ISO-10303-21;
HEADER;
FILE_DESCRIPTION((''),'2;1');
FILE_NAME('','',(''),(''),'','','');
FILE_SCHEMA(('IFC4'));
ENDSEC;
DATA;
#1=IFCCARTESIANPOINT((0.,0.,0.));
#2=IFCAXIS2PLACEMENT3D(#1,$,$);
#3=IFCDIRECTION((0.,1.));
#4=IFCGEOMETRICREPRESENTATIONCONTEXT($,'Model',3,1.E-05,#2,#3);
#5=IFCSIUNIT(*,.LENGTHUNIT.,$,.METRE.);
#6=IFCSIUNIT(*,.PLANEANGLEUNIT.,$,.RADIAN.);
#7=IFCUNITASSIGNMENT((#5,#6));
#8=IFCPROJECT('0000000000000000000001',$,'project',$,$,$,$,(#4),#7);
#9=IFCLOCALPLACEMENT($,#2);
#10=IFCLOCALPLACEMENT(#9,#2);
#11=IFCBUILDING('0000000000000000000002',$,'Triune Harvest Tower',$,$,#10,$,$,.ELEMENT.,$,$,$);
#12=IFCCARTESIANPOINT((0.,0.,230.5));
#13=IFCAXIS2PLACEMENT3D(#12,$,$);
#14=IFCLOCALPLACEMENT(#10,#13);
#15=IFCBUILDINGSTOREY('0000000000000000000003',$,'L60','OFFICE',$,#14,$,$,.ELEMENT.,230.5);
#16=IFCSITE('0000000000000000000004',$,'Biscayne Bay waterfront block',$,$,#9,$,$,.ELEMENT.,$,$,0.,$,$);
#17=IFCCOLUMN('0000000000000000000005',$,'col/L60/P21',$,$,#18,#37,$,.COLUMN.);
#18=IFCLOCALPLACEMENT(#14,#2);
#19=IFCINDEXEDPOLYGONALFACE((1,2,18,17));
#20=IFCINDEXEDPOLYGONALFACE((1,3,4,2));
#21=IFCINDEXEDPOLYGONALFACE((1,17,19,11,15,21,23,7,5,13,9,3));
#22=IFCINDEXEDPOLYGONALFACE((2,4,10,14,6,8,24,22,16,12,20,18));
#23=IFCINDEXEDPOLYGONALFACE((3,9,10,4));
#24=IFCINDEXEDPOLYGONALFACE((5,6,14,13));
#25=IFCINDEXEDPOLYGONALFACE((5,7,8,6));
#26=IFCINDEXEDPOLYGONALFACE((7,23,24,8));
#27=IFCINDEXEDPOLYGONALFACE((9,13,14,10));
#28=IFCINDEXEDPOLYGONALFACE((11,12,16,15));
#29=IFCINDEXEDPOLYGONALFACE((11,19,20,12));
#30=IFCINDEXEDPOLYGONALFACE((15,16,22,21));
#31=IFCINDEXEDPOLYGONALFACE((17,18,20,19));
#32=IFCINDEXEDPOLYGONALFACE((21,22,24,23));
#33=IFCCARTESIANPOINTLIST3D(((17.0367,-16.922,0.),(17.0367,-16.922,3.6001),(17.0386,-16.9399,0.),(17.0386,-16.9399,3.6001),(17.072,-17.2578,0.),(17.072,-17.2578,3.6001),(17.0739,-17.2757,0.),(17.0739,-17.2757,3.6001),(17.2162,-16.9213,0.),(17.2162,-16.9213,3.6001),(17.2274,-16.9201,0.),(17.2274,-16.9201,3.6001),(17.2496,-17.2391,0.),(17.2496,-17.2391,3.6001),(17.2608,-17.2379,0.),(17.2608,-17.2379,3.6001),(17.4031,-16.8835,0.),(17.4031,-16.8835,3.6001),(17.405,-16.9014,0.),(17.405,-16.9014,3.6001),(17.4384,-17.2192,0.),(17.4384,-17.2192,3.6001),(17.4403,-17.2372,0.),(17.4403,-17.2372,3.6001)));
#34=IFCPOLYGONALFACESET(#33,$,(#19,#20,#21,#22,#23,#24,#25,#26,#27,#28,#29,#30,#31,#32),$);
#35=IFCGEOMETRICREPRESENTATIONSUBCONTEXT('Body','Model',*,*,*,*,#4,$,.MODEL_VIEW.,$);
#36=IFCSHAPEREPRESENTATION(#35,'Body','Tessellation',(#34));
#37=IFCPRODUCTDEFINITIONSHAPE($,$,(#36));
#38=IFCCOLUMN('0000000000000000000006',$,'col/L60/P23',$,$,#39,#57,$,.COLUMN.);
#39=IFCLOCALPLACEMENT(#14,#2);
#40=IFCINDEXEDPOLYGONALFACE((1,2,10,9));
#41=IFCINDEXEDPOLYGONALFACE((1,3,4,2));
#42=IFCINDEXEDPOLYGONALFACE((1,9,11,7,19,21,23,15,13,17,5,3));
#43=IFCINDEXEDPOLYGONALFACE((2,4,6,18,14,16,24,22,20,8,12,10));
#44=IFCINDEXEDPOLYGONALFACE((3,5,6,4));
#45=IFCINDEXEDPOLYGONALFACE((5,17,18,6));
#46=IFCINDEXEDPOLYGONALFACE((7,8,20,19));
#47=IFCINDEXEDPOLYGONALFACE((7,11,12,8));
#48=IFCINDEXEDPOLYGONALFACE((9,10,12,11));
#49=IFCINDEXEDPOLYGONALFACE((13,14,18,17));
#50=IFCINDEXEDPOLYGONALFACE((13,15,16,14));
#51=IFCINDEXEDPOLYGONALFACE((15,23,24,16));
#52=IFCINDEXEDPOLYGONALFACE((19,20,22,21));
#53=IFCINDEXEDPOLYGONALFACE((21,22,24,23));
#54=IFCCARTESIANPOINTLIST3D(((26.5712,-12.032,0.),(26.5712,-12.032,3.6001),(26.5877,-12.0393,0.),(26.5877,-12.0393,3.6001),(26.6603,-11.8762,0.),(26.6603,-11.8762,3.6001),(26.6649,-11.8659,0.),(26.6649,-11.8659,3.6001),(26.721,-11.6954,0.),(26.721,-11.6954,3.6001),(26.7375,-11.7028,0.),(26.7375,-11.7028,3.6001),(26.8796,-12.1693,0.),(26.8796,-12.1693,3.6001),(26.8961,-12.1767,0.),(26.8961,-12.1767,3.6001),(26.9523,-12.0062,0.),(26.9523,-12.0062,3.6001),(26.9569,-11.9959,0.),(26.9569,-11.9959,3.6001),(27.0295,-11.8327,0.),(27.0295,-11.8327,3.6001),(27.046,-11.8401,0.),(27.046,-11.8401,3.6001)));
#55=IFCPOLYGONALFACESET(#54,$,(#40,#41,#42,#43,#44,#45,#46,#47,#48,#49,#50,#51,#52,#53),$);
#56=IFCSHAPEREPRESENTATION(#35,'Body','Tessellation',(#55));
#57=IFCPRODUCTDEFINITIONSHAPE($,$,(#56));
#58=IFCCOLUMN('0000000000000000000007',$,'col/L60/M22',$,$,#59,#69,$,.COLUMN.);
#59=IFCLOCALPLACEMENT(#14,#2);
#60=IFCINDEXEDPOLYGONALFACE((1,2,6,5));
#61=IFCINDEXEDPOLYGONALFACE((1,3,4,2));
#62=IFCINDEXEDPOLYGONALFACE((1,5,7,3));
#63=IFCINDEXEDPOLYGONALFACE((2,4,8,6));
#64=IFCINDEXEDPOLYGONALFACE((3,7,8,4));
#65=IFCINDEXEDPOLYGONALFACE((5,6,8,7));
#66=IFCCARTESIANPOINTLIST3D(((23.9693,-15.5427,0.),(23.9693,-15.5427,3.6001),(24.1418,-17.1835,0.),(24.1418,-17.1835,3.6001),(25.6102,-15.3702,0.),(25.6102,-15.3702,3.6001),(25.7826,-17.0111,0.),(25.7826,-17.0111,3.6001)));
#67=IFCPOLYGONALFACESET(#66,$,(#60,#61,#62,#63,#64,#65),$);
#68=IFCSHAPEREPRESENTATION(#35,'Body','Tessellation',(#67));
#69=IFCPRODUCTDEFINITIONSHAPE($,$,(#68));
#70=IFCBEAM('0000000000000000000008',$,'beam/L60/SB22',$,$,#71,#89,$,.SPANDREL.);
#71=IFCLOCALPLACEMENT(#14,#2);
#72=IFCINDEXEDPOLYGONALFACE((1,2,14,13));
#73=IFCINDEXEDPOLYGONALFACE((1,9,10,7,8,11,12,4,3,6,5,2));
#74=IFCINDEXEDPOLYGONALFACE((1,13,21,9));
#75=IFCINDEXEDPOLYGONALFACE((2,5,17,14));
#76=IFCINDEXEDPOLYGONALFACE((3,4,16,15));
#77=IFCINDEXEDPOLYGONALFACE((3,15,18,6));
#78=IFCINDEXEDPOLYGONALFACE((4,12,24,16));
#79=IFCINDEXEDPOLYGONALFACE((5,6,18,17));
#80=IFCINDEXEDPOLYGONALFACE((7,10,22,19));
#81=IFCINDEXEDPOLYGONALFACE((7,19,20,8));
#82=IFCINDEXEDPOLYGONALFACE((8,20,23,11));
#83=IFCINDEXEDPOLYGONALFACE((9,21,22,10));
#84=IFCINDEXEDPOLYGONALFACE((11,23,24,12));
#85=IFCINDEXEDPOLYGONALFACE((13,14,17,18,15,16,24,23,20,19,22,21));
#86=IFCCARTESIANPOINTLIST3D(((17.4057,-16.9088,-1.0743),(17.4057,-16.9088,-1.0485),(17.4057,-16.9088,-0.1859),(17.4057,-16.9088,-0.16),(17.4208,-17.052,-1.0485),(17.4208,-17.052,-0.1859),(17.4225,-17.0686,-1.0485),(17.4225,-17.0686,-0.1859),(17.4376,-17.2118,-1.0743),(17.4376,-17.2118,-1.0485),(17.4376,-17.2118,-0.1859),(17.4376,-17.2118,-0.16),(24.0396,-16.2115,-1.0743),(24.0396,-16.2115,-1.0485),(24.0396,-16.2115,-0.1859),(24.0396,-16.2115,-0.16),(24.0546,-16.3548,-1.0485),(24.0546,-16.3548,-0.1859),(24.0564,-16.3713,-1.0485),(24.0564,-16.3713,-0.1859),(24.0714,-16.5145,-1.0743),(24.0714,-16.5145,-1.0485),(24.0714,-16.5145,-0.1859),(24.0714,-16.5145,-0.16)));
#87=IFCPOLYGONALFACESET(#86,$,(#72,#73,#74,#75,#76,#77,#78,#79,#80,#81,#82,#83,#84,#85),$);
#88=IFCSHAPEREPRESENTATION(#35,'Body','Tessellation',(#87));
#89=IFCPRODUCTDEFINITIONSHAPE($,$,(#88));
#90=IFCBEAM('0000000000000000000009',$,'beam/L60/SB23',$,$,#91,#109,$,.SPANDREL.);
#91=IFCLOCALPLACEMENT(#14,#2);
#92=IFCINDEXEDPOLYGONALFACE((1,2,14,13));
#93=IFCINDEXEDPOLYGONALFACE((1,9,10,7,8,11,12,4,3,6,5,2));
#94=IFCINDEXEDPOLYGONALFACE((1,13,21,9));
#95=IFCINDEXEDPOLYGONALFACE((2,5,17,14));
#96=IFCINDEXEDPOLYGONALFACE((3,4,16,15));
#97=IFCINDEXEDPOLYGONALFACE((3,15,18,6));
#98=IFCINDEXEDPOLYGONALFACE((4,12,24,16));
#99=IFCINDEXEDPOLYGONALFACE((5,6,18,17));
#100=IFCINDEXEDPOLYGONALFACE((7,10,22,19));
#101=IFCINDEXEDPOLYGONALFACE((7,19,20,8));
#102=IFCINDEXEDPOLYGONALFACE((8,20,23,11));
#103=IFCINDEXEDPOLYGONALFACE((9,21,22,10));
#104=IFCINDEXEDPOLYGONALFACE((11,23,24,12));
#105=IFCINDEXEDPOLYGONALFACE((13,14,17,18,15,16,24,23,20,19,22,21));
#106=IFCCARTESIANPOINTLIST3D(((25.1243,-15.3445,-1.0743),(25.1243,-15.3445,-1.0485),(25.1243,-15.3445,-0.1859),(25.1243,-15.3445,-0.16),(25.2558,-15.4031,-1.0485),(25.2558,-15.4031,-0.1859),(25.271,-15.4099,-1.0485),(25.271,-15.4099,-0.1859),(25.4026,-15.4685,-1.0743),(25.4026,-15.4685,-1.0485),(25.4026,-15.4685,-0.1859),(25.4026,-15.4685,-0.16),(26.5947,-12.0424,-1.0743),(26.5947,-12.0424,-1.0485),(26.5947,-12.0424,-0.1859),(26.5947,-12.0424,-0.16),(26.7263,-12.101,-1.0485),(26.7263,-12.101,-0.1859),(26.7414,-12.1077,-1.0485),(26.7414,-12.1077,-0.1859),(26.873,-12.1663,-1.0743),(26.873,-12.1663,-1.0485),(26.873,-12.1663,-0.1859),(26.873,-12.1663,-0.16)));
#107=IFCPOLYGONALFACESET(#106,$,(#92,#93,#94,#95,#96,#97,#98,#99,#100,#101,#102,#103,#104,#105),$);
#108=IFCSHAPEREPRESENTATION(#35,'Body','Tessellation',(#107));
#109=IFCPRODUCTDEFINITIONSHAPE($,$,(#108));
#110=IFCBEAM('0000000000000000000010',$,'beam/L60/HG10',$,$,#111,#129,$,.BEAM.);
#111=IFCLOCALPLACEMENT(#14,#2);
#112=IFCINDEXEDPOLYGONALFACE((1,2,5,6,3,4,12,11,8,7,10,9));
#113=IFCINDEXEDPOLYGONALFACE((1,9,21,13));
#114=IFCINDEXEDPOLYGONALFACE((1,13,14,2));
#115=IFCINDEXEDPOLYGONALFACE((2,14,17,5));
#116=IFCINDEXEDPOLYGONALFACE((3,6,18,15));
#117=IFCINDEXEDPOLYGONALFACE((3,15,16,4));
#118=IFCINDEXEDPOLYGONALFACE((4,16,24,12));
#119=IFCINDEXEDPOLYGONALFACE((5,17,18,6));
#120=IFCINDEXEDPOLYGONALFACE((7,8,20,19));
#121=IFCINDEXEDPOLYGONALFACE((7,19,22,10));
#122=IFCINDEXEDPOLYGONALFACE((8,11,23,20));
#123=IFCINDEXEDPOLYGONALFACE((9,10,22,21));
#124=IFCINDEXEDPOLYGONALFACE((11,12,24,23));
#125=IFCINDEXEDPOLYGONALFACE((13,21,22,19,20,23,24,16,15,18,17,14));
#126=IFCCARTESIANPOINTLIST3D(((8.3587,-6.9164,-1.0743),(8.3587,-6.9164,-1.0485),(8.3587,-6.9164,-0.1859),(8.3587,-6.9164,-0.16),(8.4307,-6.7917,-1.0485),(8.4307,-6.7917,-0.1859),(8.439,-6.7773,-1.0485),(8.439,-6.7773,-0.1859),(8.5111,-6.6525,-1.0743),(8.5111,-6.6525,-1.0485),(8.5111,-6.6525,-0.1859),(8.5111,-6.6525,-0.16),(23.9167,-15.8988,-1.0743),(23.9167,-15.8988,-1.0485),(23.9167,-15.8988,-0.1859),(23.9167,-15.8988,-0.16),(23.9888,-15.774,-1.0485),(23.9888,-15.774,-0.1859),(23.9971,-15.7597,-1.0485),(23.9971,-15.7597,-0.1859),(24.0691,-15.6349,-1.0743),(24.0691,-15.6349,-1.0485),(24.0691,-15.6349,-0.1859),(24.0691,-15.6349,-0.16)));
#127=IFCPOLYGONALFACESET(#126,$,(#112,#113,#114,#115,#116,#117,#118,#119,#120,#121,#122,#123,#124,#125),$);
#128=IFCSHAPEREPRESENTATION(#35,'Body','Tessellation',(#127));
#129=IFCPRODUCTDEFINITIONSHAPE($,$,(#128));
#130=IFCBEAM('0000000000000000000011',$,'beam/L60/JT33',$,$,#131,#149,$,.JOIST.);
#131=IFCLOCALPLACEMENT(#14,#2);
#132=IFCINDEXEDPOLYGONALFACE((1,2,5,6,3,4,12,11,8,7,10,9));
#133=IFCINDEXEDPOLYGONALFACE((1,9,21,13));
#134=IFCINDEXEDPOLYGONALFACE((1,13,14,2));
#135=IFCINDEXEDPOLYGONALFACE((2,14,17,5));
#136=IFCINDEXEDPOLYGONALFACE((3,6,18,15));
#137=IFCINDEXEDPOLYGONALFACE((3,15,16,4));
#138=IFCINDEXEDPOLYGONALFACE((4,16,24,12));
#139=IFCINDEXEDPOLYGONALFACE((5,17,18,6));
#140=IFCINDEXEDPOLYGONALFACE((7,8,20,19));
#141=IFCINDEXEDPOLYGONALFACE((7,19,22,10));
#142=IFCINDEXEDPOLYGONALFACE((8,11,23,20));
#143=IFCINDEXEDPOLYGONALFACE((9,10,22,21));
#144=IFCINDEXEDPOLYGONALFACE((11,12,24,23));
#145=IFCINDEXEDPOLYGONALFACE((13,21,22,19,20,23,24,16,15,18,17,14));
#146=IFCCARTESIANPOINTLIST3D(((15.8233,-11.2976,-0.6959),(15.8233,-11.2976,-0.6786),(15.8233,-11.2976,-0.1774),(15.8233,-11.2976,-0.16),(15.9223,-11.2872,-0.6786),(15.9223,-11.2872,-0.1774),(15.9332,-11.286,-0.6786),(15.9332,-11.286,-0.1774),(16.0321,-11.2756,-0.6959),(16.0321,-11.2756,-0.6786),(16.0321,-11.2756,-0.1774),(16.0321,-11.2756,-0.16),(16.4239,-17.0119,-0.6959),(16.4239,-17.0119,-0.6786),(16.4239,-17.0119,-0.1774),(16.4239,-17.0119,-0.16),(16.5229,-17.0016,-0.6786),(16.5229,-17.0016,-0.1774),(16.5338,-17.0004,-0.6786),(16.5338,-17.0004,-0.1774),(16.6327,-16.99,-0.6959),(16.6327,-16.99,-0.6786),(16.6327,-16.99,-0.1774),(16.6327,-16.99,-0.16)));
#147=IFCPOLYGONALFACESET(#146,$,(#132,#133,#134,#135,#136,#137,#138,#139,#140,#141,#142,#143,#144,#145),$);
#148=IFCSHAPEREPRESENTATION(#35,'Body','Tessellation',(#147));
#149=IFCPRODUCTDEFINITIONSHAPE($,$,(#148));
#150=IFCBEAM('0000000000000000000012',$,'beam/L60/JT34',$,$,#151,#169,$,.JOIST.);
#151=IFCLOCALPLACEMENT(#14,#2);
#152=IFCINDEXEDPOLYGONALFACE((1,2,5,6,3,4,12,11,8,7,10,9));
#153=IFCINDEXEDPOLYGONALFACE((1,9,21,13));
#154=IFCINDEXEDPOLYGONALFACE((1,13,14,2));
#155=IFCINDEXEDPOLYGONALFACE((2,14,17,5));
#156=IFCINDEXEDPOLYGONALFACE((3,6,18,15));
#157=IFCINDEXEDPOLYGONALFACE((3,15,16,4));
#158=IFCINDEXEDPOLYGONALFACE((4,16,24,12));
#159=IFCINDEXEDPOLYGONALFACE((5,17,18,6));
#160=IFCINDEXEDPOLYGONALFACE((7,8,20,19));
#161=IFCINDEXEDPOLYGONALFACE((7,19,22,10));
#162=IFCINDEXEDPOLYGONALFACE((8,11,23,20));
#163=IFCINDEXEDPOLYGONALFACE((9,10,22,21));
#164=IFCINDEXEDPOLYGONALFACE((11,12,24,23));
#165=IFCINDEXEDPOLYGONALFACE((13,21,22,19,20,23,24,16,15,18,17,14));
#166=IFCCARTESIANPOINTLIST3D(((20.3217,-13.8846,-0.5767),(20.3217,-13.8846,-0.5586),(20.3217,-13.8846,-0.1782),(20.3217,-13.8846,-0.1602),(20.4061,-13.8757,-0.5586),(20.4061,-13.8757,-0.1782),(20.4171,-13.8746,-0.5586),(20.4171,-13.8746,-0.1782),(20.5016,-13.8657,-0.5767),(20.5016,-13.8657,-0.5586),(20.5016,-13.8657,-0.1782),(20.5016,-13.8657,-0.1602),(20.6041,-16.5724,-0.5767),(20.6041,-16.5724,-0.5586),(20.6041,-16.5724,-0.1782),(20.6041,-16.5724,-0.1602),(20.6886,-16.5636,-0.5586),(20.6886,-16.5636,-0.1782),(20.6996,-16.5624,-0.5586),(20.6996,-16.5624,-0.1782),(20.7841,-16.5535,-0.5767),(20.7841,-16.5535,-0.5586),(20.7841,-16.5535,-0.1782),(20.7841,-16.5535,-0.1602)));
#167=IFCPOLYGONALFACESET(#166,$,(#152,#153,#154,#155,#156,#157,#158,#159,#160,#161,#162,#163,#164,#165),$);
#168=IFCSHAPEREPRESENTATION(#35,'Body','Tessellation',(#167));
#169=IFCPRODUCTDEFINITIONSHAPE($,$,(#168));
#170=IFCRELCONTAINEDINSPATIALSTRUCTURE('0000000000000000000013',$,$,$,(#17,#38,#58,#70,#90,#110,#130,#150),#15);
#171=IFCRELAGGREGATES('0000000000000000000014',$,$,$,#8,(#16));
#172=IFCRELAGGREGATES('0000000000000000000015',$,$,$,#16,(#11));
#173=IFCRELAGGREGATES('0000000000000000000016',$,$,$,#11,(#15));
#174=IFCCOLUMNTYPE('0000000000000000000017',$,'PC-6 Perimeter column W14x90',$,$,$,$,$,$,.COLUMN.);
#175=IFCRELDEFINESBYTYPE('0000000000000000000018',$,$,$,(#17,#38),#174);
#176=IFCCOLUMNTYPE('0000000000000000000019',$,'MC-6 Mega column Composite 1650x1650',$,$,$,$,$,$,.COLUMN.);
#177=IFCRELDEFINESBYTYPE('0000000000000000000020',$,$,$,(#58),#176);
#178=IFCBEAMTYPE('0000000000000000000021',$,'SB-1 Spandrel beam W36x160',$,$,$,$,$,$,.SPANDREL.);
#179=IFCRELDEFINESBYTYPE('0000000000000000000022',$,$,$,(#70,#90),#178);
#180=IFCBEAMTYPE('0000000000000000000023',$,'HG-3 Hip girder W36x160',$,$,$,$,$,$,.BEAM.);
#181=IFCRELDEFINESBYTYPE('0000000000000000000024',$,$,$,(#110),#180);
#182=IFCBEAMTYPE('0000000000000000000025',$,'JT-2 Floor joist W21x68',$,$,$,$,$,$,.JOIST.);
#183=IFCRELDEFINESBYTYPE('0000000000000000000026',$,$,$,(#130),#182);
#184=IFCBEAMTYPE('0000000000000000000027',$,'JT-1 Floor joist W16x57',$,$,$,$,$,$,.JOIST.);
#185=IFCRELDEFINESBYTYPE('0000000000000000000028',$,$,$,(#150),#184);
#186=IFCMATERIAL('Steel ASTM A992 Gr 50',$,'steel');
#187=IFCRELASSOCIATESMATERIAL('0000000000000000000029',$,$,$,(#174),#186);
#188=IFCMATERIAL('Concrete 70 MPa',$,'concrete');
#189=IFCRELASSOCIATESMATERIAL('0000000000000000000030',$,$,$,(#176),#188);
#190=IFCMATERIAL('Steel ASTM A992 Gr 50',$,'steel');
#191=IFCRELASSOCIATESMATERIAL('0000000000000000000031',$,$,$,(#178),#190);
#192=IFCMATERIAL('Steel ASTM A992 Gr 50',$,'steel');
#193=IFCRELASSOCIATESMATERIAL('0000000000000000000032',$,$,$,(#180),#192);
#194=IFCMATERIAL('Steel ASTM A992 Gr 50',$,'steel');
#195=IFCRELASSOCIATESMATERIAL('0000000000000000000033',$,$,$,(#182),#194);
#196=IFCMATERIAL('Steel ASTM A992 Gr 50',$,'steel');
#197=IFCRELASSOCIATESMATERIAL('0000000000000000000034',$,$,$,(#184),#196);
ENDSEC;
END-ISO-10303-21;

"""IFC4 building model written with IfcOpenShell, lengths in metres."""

from ifc_helpers import new_model, si_unit, direction, frame, origin, origin_2d, place, context, subcontext, project, spatial, rectangle, i_section, extrude, source, transform, mapped, material, material_profile, profile_set, type_object, element, save


model = new_model("IFC4")

# Units and contexts
model_context = context("Model", 3, precision=1e-05, world=origin(), true_north=direction((0.0, 1.0)))
body_context = subcontext(model_context, "Body", "Model", "MODEL_VIEW")
ifc_project = project(units=[si_unit("LENGTHUNIT", "METRE"), si_unit("PLANEANGLEUNIT", "RADIAN")], contexts=[model_context])

# Site, building, storey
site_placement = place(None, origin())
site = spatial("IfcSite", under=ifc_project, at=site_placement, Name="Biscayne Bay waterfront block", CompositionType="ELEMENT", RefElevation=0.0)
building_placement = place(site_placement, origin())
building = spatial("IfcBuilding", under=site, at=building_placement, Name="Triune Harvest Tower", CompositionType="ELEMENT")
storey_placement = place(building_placement, frame((0.0, 0.0, 230.5)))
storey = spatial("IfcBuildingStorey", under=building, at=storey_placement, Name="L60", Description="OFFICE", CompositionType="ELEMENT", Elevation=230.5)

# Columns
ifc_material_1 = material(Name="Steel ASTM A992 Gr 50", Category="steel")
ifc_material_profile_1 = material_profile(ifc_material_1, i_section(OverallWidth=0.3684, OverallDepth=0.3557, WebThickness=0.0112, FlangeThickness=0.0181, at=origin_2d()), Name="W14x90")
ifc_profile_set_1 = profile_set([ifc_material_profile_1], Name="Steel ASTM A992 Gr 50")
column_type_1 = type_object("IfcColumnType", Name="PC-6 Perimeter column W14x90", PredefinedType="COLUMN", material=ifc_profile_set_1)
shared_shape_1 = source(origin(), body_context, "Body", "SweptSolid", [
    extrude(i_section(OverallWidth=0.3684, OverallDepth=0.3557, WebThickness=0.0112, FlangeThickness=0.0181, at=origin_2d()), origin(), (0.0, 0.0, 1.0), 3.6001),
])
for number, where, z_axis, x_axis, name in (
    (1, (17.2385, -17.0796, 0.0), (0.0, 0.0, 1.0), (0.994522, 0.10453, 0.0), "col/L60/P21"),
    (2, (26.8086, -11.936, 0.0), (0.0, 0.0, 1.0), (0.406741, 0.913543, 0.0), "col/L60/P23"),
):
    element("IfcColumn", number, at=place(storey_placement, frame(where, z_axis=z_axis, x_axis=x_axis)), inside=storey, type_object=column_type_1, Name=name, PredefinedType="COLUMN", context=body_context, shape_type="MappedRepresentation", body=[
        mapped(shared_shape_1, transform((0.0, 0.0, 0.0), scale=1.0)),
    ])
ifc_material_2 = material(Name="Concrete 70 MPa", Category="concrete")
ifc_material_profile_2 = material_profile(ifc_material_2, rectangle(XDim=1.6499, YDim=1.6499, at=origin_2d()), Name="Composite 1650x1650")
ifc_profile_set_2 = profile_set([ifc_material_profile_2], Name="Concrete 70 MPa")
column_type_2 = type_object("IfcColumnType", Name="MC-6 Mega column Composite 1650x1650", PredefinedType="COLUMN", material=ifc_profile_set_2)
shared_shape_2 = source(origin(), body_context, "Body", "SweptSolid", [
    extrude(rectangle(XDim=1.6499, YDim=1.6499, at=origin_2d()), origin(), (0.0, 0.0, 1.0), 3.6001),
])
column_placement = place(storey_placement, frame((24.876, -16.2769, 0.0), z_axis=(0.0, 0.0, 1.0), x_axis=(0.994522, 0.10453, 0.0)))
element("IfcColumn", 3, at=column_placement, inside=storey, type_object=column_type_2, Name="col/L60/M22", PredefinedType="COLUMN", context=body_context, shape_type="MappedRepresentation", body=[
    mapped(shared_shape_2, transform((0.0, 0.0, 0.0), scale=1.0)),
])

# Beams
ifc_material_3 = material(Name="Steel ASTM A992 Gr 50", Category="steel")
ifc_material_profile_3 = material_profile(ifc_material_3, i_section(OverallWidth=0.3047, OverallDepth=0.9143, WebThickness=0.0166, FlangeThickness=0.0259, at=origin_2d()), Name="W36x160")
ifc_profile_set_3 = profile_set([ifc_material_profile_3], Name="Steel ASTM A992 Gr 50")
beam_type_1 = type_object("IfcBeamType", Name="SB-1 Spandrel beam W36x160", PredefinedType="SPANDREL", material=ifc_profile_set_3)
shared_shape_3 = source(origin(), body_context, "Body", "SweptSolid", [
    extrude(i_section(OverallWidth=0.3047, OverallDepth=0.9143, WebThickness=0.0166, FlangeThickness=0.0259, at=origin_2d()), origin(), (0.0, 0.0, 1.0), 6.6704),
])
beam_1_placement = place(storey_placement, frame((17.4216, -17.0603, -0.6172), z_axis=(0.994521, 0.104532, 0.0), x_axis=(-0.104532, 0.994521, 0.0)))
element("IfcBeam", 4, at=beam_1_placement, inside=storey, type_object=beam_type_1, Name="beam/L60/SB22", PredefinedType="SPANDREL", context=body_context, shape_type="MappedRepresentation", body=[
    mapped(shared_shape_3, transform((0.0, 0.0, 0.0), scale=1.0)),
])
shared_shape_4 = source(origin(), body_context, "Body", "SweptSolid", [
    extrude(i_section(OverallWidth=0.3047, OverallDepth=0.9143, WebThickness=0.0166, FlangeThickness=0.0259, at=origin_2d()), origin(), (0.0, 0.0, 1.0), 3.6147),
])
beam_2_placement = place(storey_placement, frame((25.2634, -15.4065, -0.6172), z_axis=(0.406784, 0.913524, 0.0), x_axis=(-0.913524, 0.406784, 0.0)))
element("IfcBeam", 5, at=beam_2_placement, inside=storey, type_object=beam_type_1, Name="beam/L60/SB23", PredefinedType="SPANDREL", context=body_context, shape_type="MappedRepresentation", body=[
    mapped(shared_shape_4, transform((0.0, 0.0, 0.0), scale=1.0)),
])
ifc_material_4 = material(Name="Steel ASTM A992 Gr 50", Category="steel")
ifc_material_profile_4 = material_profile(ifc_material_4, i_section(OverallWidth=0.3047, OverallDepth=0.9143, WebThickness=0.0166, FlangeThickness=0.0259, at=origin_2d()), Name="W36x160")
ifc_profile_set_4 = profile_set([ifc_material_profile_4], Name="Steel ASTM A992 Gr 50")
beam_type_2 = type_object("IfcBeamType", Name="HG-3 Hip girder W36x160", PredefinedType="BEAM", material=ifc_profile_set_4)
shared_shape_5 = source(origin(), body_context, "Body", "SweptSolid", [
    extrude(i_section(OverallWidth=0.3047, OverallDepth=0.9143, WebThickness=0.0166, FlangeThickness=0.0259, at=origin_2d()), origin(), (0.0, 0.0, 1.0), 17.9648),
])
beam_3_placement = place(storey_placement, frame((23.9929, -15.7668, -0.6172), z_axis=(-0.866027, 0.499998, 0.0), x_axis=(-0.499998, -0.866027, 0.0)))
element("IfcBeam", 6, at=beam_3_placement, inside=storey, type_object=beam_type_2, Name="beam/L60/HG10", PredefinedType="BEAM", context=body_context, shape_type="MappedRepresentation", body=[
    mapped(shared_shape_5, transform((0.0, 0.0, 0.0), scale=1.0)),
])
ifc_material_5 = material(Name="Steel ASTM A992 Gr 50", Category="steel")
ifc_material_profile_5 = material_profile(ifc_material_5, i_section(OverallWidth=0.21, OverallDepth=0.5359, WebThickness=0.011, FlangeThickness=0.0173, at=origin_2d()), Name="W21x68")
ifc_profile_set_5 = profile_set([ifc_material_profile_5], Name="Steel ASTM A992 Gr 50")
beam_type_3 = type_object("IfcBeamType", Name="JT-2 Floor joist W21x68", PredefinedType="JOIST", material=ifc_profile_set_5)
shared_shape_6 = source(origin(), body_context, "Body", "SweptSolid", [
    extrude(i_section(OverallWidth=0.21, OverallDepth=0.5359, WebThickness=0.011, FlangeThickness=0.0173, at=origin_2d()), origin(), (0.0, 0.0, 1.0), 5.7458),
])
beam_4_placement = place(storey_placement, frame((16.5283, -17.001, -0.428), z_axis=(-0.104526, 0.994522, 0.0), x_axis=(-0.994522, -0.104526, 0.0)))
element("IfcBeam", 7, at=beam_4_placement, inside=storey, type_object=beam_type_3, Name="beam/L60/JT33", PredefinedType="JOIST", context=body_context, shape_type="MappedRepresentation", body=[
    mapped(shared_shape_6, transform((0.0, 0.0, 0.0), scale=1.0)),
])
ifc_material_6 = material(Name="Steel ASTM A992 Gr 50", Category="steel")
ifc_material_profile_6 = material_profile(ifc_material_6, i_section(OverallWidth=0.1809, OverallDepth=0.4165, WebThickness=0.011, FlangeThickness=0.0181, at=origin_2d()), Name="W16x57")
ifc_profile_set_6 = profile_set([ifc_material_profile_6], Name="Steel ASTM A992 Gr 50")
beam_type_4 = type_object("IfcBeamType", Name="JT-1 Floor joist W16x57", PredefinedType="JOIST", material=ifc_profile_set_6)
shared_shape_7 = source(origin(), body_context, "Body", "SweptSolid", [
    extrude(i_section(OverallWidth=0.1809, OverallDepth=0.4165, WebThickness=0.011, FlangeThickness=0.0181, at=origin_2d()), origin(), (0.0, 0.0, 1.0), 2.7026),
])
beam_5_placement = place(storey_placement, frame((20.6941, -16.563, -0.3684), z_axis=(-0.10452, 0.994523, 0.0), x_axis=(-0.994523, -0.10452, 0.0)))
element("IfcBeam", 8, at=beam_5_placement, inside=storey, type_object=beam_type_4, Name="beam/L60/JT34", PredefinedType="JOIST", context=body_context, shape_type="MappedRepresentation", body=[
    mapped(shared_shape_7, transform((0.0, 0.0, 0.0), scale=1.0)),
])

save(model, "model.ifc")
